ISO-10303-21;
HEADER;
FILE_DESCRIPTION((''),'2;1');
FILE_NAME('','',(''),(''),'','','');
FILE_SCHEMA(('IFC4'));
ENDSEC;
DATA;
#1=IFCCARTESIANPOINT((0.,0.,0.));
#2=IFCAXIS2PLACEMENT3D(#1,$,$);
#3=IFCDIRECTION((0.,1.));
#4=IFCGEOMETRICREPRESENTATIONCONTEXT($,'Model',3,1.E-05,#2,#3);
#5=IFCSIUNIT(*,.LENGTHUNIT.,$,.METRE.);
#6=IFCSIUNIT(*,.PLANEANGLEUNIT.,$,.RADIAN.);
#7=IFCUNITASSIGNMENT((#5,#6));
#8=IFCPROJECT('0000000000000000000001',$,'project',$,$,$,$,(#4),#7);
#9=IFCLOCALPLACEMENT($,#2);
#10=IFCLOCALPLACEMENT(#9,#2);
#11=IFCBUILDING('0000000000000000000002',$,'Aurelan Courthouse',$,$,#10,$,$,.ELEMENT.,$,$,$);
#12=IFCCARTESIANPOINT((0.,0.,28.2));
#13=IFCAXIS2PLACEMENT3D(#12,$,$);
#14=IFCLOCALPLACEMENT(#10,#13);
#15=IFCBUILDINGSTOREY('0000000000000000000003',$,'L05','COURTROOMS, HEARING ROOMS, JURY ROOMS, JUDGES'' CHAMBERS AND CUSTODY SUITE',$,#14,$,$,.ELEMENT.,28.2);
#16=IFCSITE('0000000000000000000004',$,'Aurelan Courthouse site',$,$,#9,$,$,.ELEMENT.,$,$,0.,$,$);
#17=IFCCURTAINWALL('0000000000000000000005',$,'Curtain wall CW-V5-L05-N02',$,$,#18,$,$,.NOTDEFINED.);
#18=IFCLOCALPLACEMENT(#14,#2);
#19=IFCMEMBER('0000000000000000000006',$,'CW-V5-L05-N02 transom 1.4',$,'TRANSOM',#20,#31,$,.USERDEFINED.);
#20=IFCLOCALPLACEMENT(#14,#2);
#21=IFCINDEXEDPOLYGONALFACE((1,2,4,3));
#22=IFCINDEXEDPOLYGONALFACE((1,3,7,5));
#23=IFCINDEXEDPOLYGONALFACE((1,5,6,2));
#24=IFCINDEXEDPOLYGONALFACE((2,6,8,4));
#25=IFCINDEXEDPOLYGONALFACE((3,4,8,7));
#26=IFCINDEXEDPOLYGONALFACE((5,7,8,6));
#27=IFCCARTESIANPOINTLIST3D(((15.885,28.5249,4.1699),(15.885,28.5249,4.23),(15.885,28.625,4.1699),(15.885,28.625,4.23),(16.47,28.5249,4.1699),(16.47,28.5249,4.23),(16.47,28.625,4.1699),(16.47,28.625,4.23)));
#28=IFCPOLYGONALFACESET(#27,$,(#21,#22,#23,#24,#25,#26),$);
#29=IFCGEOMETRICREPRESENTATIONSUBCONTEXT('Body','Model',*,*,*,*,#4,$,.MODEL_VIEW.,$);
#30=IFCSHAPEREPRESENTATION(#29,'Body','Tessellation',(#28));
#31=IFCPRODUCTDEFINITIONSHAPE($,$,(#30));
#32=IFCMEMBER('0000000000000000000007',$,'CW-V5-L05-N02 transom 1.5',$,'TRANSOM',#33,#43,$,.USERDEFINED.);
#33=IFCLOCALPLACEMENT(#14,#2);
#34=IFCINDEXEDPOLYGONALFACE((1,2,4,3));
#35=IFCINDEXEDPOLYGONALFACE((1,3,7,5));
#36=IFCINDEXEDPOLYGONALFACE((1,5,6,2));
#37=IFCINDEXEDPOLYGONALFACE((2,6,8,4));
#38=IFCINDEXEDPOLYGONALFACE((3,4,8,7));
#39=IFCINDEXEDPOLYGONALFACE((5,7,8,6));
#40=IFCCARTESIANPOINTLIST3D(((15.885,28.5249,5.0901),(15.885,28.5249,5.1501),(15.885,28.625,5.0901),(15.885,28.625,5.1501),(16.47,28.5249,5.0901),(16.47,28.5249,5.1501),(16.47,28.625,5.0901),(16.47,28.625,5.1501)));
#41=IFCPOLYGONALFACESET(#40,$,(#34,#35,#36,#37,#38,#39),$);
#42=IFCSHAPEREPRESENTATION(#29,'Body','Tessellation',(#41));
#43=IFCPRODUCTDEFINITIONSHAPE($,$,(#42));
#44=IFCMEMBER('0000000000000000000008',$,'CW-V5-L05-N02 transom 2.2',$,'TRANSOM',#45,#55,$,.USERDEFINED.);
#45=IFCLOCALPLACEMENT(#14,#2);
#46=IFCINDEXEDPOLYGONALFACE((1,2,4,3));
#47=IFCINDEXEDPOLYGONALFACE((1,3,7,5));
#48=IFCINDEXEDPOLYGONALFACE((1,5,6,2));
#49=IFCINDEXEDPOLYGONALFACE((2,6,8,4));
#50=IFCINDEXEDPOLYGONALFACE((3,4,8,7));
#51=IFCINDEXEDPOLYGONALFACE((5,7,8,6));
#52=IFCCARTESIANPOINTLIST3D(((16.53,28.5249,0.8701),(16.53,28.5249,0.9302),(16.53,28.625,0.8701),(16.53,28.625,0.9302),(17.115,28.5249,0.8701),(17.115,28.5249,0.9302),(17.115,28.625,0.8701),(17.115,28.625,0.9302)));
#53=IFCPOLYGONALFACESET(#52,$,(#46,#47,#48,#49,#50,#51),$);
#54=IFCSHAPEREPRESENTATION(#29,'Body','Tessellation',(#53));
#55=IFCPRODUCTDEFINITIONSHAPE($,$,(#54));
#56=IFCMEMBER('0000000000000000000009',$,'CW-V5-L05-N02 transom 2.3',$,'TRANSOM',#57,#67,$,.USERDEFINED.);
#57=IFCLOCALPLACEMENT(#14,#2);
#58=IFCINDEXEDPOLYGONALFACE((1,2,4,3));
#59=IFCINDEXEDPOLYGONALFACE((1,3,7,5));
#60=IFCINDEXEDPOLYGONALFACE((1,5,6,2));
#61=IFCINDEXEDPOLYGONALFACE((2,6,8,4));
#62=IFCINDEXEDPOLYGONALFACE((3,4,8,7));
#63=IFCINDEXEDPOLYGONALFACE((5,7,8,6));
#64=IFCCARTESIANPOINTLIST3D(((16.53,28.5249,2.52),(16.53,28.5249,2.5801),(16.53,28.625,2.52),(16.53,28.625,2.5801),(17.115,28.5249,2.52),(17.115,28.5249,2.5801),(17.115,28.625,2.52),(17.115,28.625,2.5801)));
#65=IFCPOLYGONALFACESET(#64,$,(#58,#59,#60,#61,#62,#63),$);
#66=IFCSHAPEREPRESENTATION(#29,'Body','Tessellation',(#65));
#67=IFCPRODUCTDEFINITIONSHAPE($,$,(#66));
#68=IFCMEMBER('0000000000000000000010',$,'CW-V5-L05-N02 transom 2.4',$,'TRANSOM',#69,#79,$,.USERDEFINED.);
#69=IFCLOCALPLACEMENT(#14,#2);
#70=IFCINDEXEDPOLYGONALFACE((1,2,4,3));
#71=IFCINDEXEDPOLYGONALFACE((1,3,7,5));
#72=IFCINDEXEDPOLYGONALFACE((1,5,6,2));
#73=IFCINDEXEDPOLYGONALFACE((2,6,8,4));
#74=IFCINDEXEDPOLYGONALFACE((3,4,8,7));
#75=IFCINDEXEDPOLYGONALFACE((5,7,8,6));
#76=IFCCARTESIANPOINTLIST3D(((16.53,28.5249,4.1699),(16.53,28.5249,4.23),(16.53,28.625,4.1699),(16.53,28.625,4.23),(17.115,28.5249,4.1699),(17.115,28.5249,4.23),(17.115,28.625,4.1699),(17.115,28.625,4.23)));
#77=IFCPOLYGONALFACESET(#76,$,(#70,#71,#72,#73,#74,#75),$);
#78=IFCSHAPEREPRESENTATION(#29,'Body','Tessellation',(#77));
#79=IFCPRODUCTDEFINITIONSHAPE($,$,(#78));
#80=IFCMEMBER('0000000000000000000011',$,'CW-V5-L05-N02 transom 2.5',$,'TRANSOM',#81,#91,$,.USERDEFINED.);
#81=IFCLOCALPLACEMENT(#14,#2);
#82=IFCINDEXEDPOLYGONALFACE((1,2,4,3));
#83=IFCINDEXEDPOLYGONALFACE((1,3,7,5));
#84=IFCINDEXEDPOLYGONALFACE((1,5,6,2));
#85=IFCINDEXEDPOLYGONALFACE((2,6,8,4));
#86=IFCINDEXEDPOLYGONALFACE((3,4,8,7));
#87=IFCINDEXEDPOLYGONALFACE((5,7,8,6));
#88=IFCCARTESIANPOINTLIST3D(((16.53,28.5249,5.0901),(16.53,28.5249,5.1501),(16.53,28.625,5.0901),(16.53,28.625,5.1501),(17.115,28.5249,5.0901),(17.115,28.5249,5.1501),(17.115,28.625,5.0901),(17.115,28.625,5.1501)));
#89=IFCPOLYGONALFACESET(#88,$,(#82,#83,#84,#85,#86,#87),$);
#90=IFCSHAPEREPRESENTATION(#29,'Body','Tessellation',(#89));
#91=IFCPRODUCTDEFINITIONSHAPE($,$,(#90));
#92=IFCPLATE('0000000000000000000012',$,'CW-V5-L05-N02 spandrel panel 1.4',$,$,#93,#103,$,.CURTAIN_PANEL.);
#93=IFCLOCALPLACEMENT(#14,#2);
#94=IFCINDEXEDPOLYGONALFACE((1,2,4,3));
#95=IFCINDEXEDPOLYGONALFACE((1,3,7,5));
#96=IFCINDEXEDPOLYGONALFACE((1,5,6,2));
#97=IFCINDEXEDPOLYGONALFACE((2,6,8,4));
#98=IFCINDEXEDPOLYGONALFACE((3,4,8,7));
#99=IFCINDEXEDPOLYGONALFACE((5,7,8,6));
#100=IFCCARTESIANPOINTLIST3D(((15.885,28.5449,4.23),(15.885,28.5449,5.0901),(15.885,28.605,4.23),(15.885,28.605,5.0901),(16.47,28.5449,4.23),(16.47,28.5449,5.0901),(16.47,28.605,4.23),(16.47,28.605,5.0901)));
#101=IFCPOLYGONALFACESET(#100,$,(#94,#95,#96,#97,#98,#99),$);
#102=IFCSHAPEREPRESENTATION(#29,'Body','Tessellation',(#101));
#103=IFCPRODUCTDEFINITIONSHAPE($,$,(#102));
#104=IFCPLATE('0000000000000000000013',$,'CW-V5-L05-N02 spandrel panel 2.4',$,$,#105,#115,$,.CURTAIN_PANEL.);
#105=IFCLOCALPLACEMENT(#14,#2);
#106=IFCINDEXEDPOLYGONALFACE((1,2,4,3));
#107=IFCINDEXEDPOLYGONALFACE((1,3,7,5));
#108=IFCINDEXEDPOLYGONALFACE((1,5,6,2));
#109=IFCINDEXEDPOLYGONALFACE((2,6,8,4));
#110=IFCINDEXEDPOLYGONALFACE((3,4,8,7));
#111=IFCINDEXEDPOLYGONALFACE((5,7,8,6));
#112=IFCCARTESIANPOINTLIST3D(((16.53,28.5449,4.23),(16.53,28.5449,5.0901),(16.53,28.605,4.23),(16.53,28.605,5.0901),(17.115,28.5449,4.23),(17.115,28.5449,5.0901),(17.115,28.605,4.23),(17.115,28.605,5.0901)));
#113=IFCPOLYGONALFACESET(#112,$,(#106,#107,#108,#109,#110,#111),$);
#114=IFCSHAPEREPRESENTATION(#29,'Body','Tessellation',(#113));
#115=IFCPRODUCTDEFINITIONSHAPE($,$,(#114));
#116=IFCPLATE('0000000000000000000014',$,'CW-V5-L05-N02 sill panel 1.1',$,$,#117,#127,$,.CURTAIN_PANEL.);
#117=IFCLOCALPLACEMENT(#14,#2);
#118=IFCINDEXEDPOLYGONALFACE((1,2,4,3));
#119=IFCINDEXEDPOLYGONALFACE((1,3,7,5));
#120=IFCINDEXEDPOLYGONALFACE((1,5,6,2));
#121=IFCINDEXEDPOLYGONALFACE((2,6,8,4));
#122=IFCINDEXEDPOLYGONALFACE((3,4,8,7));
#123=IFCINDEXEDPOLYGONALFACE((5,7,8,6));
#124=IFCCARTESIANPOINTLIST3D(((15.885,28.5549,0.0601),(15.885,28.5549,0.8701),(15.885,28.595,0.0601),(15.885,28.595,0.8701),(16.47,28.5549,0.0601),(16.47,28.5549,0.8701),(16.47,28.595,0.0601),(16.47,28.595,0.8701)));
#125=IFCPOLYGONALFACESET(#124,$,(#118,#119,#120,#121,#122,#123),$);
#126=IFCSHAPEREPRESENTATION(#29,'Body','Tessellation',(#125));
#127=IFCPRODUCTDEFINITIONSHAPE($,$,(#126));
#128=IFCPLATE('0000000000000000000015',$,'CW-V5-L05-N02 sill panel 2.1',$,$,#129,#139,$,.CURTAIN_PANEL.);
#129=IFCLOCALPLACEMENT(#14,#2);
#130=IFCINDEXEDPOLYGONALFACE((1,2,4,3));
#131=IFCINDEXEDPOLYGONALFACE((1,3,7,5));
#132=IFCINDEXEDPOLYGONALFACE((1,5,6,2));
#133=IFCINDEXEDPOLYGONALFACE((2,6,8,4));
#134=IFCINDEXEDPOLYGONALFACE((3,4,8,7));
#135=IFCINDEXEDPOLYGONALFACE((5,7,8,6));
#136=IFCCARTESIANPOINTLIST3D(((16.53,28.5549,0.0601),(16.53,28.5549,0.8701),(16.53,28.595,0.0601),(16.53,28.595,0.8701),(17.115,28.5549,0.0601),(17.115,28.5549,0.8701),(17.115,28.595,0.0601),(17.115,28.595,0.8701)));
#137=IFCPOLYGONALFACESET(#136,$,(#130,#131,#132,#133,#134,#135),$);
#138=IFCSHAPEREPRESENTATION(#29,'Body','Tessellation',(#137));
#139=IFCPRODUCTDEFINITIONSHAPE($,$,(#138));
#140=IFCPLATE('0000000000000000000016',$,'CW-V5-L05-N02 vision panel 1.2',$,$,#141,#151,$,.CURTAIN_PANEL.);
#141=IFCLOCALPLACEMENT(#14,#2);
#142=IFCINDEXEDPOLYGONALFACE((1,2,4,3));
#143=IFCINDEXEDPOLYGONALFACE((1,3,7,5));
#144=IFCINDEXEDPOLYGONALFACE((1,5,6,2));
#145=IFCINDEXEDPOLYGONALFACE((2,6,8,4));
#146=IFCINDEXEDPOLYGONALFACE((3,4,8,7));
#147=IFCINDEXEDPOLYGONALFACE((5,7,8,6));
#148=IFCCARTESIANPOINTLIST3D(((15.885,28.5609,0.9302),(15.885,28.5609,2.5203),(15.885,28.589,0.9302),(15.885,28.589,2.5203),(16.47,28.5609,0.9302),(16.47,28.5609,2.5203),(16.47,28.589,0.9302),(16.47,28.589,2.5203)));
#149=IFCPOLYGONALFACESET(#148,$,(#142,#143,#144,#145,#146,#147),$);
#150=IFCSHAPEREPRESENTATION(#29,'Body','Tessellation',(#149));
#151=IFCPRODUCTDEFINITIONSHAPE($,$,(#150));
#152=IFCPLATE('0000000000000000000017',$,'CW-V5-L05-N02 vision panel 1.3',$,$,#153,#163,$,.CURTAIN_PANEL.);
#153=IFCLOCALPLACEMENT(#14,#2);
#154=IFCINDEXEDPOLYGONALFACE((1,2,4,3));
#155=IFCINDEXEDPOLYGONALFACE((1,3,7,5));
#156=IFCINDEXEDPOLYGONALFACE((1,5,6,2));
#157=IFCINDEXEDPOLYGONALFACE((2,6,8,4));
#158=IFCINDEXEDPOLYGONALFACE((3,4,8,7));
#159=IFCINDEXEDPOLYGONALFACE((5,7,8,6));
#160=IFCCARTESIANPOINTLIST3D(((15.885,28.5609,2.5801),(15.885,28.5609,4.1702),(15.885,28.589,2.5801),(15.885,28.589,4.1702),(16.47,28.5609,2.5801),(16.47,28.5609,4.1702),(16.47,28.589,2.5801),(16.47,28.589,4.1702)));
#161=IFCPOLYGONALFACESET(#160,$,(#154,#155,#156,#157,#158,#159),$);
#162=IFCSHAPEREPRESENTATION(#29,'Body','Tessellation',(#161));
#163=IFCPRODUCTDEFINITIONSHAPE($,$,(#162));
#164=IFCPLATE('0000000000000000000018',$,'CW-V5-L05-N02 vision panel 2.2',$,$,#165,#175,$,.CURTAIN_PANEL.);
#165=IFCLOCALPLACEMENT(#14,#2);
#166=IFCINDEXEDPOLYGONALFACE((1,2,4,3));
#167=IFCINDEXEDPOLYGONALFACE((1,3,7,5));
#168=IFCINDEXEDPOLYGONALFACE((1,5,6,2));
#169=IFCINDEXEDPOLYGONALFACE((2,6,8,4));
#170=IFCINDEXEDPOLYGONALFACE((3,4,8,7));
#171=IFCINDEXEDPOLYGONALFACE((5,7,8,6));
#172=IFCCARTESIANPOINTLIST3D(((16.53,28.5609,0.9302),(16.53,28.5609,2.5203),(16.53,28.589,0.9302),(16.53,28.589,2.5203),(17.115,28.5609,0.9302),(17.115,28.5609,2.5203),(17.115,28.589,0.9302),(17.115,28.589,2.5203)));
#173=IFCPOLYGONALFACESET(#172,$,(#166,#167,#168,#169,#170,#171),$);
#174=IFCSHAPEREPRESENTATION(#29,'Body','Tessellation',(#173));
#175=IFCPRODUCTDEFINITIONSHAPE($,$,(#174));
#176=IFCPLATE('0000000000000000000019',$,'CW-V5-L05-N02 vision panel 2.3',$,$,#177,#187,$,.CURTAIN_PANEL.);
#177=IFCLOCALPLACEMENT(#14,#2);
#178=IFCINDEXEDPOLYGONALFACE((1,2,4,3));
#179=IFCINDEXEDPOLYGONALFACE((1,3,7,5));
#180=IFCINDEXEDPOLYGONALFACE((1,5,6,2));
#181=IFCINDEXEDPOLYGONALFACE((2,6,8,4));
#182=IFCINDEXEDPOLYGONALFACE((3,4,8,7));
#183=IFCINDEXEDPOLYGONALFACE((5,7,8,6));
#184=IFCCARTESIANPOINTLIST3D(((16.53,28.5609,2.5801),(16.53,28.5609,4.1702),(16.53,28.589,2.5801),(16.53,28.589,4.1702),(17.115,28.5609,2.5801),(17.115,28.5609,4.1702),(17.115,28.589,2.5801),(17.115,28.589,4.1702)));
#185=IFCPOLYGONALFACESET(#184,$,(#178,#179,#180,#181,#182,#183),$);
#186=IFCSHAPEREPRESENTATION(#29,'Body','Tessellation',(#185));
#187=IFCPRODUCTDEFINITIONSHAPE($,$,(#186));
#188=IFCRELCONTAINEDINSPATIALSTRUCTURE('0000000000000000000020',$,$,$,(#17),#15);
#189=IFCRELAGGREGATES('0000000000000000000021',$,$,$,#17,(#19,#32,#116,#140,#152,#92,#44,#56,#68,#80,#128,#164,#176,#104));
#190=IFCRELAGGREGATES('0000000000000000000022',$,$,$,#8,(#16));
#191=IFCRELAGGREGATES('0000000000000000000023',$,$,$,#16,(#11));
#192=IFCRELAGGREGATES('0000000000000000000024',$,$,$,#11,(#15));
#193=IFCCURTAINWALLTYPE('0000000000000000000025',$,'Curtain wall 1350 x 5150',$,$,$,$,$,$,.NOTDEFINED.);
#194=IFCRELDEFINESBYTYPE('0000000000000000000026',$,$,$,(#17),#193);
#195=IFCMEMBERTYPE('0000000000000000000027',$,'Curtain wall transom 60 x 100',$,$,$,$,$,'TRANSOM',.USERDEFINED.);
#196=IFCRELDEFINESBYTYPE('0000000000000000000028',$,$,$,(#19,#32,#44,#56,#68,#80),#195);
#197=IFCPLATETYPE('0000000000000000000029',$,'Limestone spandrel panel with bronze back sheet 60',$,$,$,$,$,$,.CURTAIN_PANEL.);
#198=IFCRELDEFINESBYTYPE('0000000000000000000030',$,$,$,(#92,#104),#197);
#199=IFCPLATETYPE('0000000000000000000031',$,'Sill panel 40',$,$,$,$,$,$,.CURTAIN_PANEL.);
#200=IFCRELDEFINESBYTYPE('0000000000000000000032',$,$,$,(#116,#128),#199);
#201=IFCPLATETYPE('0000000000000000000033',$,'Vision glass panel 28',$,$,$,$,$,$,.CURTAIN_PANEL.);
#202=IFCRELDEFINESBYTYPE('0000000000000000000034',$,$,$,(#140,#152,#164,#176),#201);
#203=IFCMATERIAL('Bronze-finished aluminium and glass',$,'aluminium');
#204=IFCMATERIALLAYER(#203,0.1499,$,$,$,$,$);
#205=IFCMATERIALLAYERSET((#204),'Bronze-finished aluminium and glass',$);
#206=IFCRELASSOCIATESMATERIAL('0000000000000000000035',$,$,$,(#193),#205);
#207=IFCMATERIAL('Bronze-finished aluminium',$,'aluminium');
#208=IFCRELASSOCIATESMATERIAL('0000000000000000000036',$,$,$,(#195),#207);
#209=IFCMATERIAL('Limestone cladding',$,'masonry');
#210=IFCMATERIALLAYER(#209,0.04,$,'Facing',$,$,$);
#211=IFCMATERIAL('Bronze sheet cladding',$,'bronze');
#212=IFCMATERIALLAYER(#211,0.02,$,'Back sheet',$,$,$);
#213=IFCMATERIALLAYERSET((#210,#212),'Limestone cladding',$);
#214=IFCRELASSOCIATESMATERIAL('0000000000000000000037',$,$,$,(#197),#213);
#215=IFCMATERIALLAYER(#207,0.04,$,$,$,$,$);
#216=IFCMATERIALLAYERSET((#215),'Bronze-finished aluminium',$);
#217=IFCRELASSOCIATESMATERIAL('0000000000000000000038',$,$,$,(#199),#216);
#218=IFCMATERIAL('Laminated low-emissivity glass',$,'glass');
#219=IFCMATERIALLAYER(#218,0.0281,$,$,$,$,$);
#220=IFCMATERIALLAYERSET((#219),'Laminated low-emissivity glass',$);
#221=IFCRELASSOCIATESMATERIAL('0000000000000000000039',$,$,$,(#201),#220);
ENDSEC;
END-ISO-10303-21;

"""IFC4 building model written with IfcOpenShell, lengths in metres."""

from ifc_helpers import new_model, si_unit, direction, frame, origin, origin_2d, place, context, subcontext, project, spatial, rectangle, extrude, material, layer, layer_set, material_profile, profile_set, type_object, element, aggregate, save


model = new_model("IFC4")

# Units and contexts
model_context = context("Model", 3, precision=1e-05, world=origin(), true_north=direction((0.0, 1.0)))
body_context = subcontext(model_context, "Body", "Model", "MODEL_VIEW")
ifc_project = project(units=[si_unit("LENGTHUNIT", "METRE"), si_unit("PLANEANGLEUNIT", "RADIAN")], contexts=[model_context])

# Site, building, storey
site_placement = place(None, origin())
site = spatial("IfcSite", under=ifc_project, at=site_placement, Name="Aurelan Courthouse site", CompositionType="ELEMENT", RefElevation=0.0)
building_placement = place(site_placement, origin())
building = spatial("IfcBuilding", under=site, at=building_placement, Name="Aurelan Courthouse", CompositionType="ELEMENT")
storey_placement = place(building_placement, frame((0.0, 0.0, 28.2)))
storey = spatial("IfcBuildingStorey", under=building, at=storey_placement, Name="L05", Description="COURTROOMS, HEARING ROOMS, JURY ROOMS, JUDGES' CHAMBERS AND CUSTODY SUITE", CompositionType="ELEMENT", Elevation=28.2)

# Curtain wall, members, plates
ifc_material_1 = material(Name="Bronze-finished aluminium and glass", Category="aluminium")
ifc_layer_1 = layer(ifc_material_1, 0.1499)
ifc_layer_set_1 = layer_set([ifc_layer_1], Name="Bronze-finished aluminium and glass")
curtain_wall_type = type_object("IfcCurtainWallType", Name="Curtain wall 1350 x 5150", PredefinedType="NOTDEFINED", material=ifc_layer_set_1)
curtain_wall_placement = place(storey_placement, origin())
curtain_wall = element("IfcCurtainWall", 1, at=curtain_wall_placement, inside=storey, type_object=curtain_wall_type, Name="Curtain wall CW-V5-L05-N02", PredefinedType="NOTDEFINED")
ifc_material_2 = material(Name="Bronze-finished aluminium", Category="aluminium")
ifc_material_profile = material_profile(ifc_material_2, rectangle(XDim=0.1001, YDim=0.0601, at=origin_2d()), Name="Bronze transom 60 x 100")
ifc_profile_set = profile_set([ifc_material_profile], Name="Bronze-finished aluminium")
member_type = type_object("IfcMemberType", Name="Curtain wall transom 60 x 100", ElementType="TRANSOM", PredefinedType="USERDEFINED", material=ifc_profile_set)
member_1_placement = place(storey_placement, frame((15.885, 28.575, 4.2), z_axis=(1.0, 0.0, 0.0), x_axis=(0.0, 1.0, 0.0)))
member_1 = element("IfcMember", 2, at=member_1_placement, type_object=member_type, Name="CW-V5-L05-N02 transom 1.4", ObjectType="TRANSOM", PredefinedType="USERDEFINED", context=body_context, shape_type="SweptSolid", body=[
    extrude(rectangle(XDim=0.1001, YDim=0.0601, at=origin_2d()), origin(), (0.0, 0.0, 1.0), 0.585),
])
member_2_placement = place(storey_placement, frame((15.885, 28.575, 5.1201), z_axis=(1.0, 0.0, 0.0), x_axis=(0.0, 1.0, 0.0)))
member_2 = element("IfcMember", 3, at=member_2_placement, type_object=member_type, Name="CW-V5-L05-N02 transom 1.5", ObjectType="TRANSOM", PredefinedType="USERDEFINED", context=body_context, shape_type="SweptSolid", body=[
    extrude(rectangle(XDim=0.1001, YDim=0.0601, at=origin_2d()), origin(), (0.0, 0.0, 1.0), 0.585),
])
member_3_placement = place(storey_placement, frame((16.53, 28.575, 0.9001), z_axis=(1.0, 0.0, 0.0), x_axis=(0.0, 1.0, 0.0)))
member_3 = element("IfcMember", 4, at=member_3_placement, type_object=member_type, Name="CW-V5-L05-N02 transom 2.2", ObjectType="TRANSOM", PredefinedType="USERDEFINED", context=body_context, shape_type="SweptSolid", body=[
    extrude(rectangle(XDim=0.1001, YDim=0.0601, at=origin_2d()), origin(), (0.0, 0.0, 1.0), 0.585),
])
member_4_placement = place(storey_placement, frame((16.53, 28.575, 2.55), z_axis=(1.0, 0.0, 0.0), x_axis=(0.0, 1.0, 0.0)))
member_4 = element("IfcMember", 5, at=member_4_placement, type_object=member_type, Name="CW-V5-L05-N02 transom 2.3", ObjectType="TRANSOM", PredefinedType="USERDEFINED", context=body_context, shape_type="SweptSolid", body=[
    extrude(rectangle(XDim=0.1001, YDim=0.0601, at=origin_2d()), origin(), (0.0, 0.0, 1.0), 0.585),
])
member_5_placement = place(storey_placement, frame((16.53, 28.575, 4.2), z_axis=(1.0, 0.0, 0.0), x_axis=(0.0, 1.0, 0.0)))
member_5 = element("IfcMember", 6, at=member_5_placement, type_object=member_type, Name="CW-V5-L05-N02 transom 2.4", ObjectType="TRANSOM", PredefinedType="USERDEFINED", context=body_context, shape_type="SweptSolid", body=[
    extrude(rectangle(XDim=0.1001, YDim=0.0601, at=origin_2d()), origin(), (0.0, 0.0, 1.0), 0.585),
])
member_6_placement = place(storey_placement, frame((16.53, 28.575, 5.1201), z_axis=(1.0, 0.0, 0.0), x_axis=(0.0, 1.0, 0.0)))
member_6 = element("IfcMember", 7, at=member_6_placement, type_object=member_type, Name="CW-V5-L05-N02 transom 2.5", ObjectType="TRANSOM", PredefinedType="USERDEFINED", context=body_context, shape_type="SweptSolid", body=[
    extrude(rectangle(XDim=0.1001, YDim=0.0601, at=origin_2d()), origin(), (0.0, 0.0, 1.0), 0.585),
])
ifc_material_3 = material(Name="Limestone cladding", Category="masonry")
ifc_layer_2 = layer(ifc_material_3, 0.04, Name="Facing")
ifc_material_4 = material(Name="Bronze sheet cladding", Category="bronze")
ifc_layer_3 = layer(ifc_material_4, 0.02, Name="Back sheet")
ifc_layer_set_2 = layer_set([ifc_layer_2, ifc_layer_3], Name="Limestone cladding")
plate_type_1 = type_object("IfcPlateType", Name="Limestone spandrel panel with bronze back sheet 60", PredefinedType="CURTAIN_PANEL", material=ifc_layer_set_2)
plate_1_placement = place(storey_placement, frame((16.1775, 28.575, 4.23), z_axis=(0.0, 0.0, 1.0), x_axis=(1.0, 0.0, 0.0)))
plate_1 = element("IfcPlate", 8, at=plate_1_placement, type_object=plate_type_1, Name="CW-V5-L05-N02 spandrel panel 1.4", PredefinedType="CURTAIN_PANEL", context=body_context, shape_type="SweptSolid", body=[
    extrude(rectangle(XDim=0.585, YDim=0.0601, at=origin_2d()), origin(), (0.0, 0.0, 1.0), 0.8601),
])
plate_2_placement = place(storey_placement, frame((16.8225, 28.575, 4.23), z_axis=(0.0, 0.0, 1.0), x_axis=(1.0, 0.0, 0.0)))
plate_2 = element("IfcPlate", 9, at=plate_2_placement, type_object=plate_type_1, Name="CW-V5-L05-N02 spandrel panel 2.4", PredefinedType="CURTAIN_PANEL", context=body_context, shape_type="SweptSolid", body=[
    extrude(rectangle(XDim=0.585, YDim=0.0601, at=origin_2d()), origin(), (0.0, 0.0, 1.0), 0.8601),
])
ifc_layer_4 = layer(ifc_material_2, 0.04)
ifc_layer_set_3 = layer_set([ifc_layer_4], Name="Bronze-finished aluminium")
plate_type_2 = type_object("IfcPlateType", Name="Sill panel 40", PredefinedType="CURTAIN_PANEL", material=ifc_layer_set_3)
plate_3_placement = place(storey_placement, frame((16.1775, 28.575, 0.0601), z_axis=(0.0, 0.0, 1.0), x_axis=(1.0, 0.0, 0.0)))
plate_3 = element("IfcPlate", 10, at=plate_3_placement, type_object=plate_type_2, Name="CW-V5-L05-N02 sill panel 1.1", PredefinedType="CURTAIN_PANEL", context=body_context, shape_type="SweptSolid", body=[
    extrude(rectangle(XDim=0.585, YDim=0.04, at=origin_2d()), origin(), (0.0, 0.0, 1.0), 0.8101),
])
plate_4_placement = place(storey_placement, frame((16.8225, 28.575, 0.0601), z_axis=(0.0, 0.0, 1.0), x_axis=(1.0, 0.0, 0.0)))
plate_4 = element("IfcPlate", 11, at=plate_4_placement, type_object=plate_type_2, Name="CW-V5-L05-N02 sill panel 2.1", PredefinedType="CURTAIN_PANEL", context=body_context, shape_type="SweptSolid", body=[
    extrude(rectangle(XDim=0.585, YDim=0.04, at=origin_2d()), origin(), (0.0, 0.0, 1.0), 0.8101),
])
ifc_material_5 = material(Name="Laminated low-emissivity glass", Category="glass")
ifc_layer_5 = layer(ifc_material_5, 0.0281)
ifc_layer_set_4 = layer_set([ifc_layer_5], Name="Laminated low-emissivity glass")
plate_type_3 = type_object("IfcPlateType", Name="Vision glass panel 28", PredefinedType="CURTAIN_PANEL", material=ifc_layer_set_4)
plate_5_placement = place(storey_placement, frame((16.1775, 28.575, 0.9302), z_axis=(0.0, 0.0, 1.0), x_axis=(1.0, 0.0, 0.0)))
plate_5 = element("IfcPlate", 12, at=plate_5_placement, type_object=plate_type_3, Name="CW-V5-L05-N02 vision panel 1.2", PredefinedType="CURTAIN_PANEL", context=body_context, shape_type="SweptSolid", body=[
    extrude(rectangle(XDim=0.585, YDim=0.0281, at=origin_2d()), origin(), (0.0, 0.0, 1.0), 1.5901),
])
plate_6_placement = place(storey_placement, frame((16.1775, 28.575, 2.5801), z_axis=(0.0, 0.0, 1.0), x_axis=(1.0, 0.0, 0.0)))
plate_6 = element("IfcPlate", 13, at=plate_6_placement, type_object=plate_type_3, Name="CW-V5-L05-N02 vision panel 1.3", PredefinedType="CURTAIN_PANEL", context=body_context, shape_type="SweptSolid", body=[
    extrude(rectangle(XDim=0.585, YDim=0.0281, at=origin_2d()), origin(), (0.0, 0.0, 1.0), 1.5901),
])
plate_7_placement = place(storey_placement, frame((16.8225, 28.575, 0.9302), z_axis=(0.0, 0.0, 1.0), x_axis=(1.0, 0.0, 0.0)))
plate_7 = element("IfcPlate", 14, at=plate_7_placement, type_object=plate_type_3, Name="CW-V5-L05-N02 vision panel 2.2", PredefinedType="CURTAIN_PANEL", context=body_context, shape_type="SweptSolid", body=[
    extrude(rectangle(XDim=0.585, YDim=0.0281, at=origin_2d()), origin(), (0.0, 0.0, 1.0), 1.5901),
])
plate_8_placement = place(storey_placement, frame((16.8225, 28.575, 2.5801), z_axis=(0.0, 0.0, 1.0), x_axis=(1.0, 0.0, 0.0)))
plate_8 = element("IfcPlate", 15, at=plate_8_placement, type_object=plate_type_3, Name="CW-V5-L05-N02 vision panel 2.3", PredefinedType="CURTAIN_PANEL", context=body_context, shape_type="SweptSolid", body=[
    extrude(rectangle(XDim=0.585, YDim=0.0281, at=origin_2d()), origin(), (0.0, 0.0, 1.0), 1.5901),
])
aggregate(curtain_wall, [member_1, member_2, plate_3, plate_5, plate_6, plate_1, member_3, member_4, member_5, member_6, plate_4, plate_7, plate_8, plate_2])

save(model, "model.ifc")
